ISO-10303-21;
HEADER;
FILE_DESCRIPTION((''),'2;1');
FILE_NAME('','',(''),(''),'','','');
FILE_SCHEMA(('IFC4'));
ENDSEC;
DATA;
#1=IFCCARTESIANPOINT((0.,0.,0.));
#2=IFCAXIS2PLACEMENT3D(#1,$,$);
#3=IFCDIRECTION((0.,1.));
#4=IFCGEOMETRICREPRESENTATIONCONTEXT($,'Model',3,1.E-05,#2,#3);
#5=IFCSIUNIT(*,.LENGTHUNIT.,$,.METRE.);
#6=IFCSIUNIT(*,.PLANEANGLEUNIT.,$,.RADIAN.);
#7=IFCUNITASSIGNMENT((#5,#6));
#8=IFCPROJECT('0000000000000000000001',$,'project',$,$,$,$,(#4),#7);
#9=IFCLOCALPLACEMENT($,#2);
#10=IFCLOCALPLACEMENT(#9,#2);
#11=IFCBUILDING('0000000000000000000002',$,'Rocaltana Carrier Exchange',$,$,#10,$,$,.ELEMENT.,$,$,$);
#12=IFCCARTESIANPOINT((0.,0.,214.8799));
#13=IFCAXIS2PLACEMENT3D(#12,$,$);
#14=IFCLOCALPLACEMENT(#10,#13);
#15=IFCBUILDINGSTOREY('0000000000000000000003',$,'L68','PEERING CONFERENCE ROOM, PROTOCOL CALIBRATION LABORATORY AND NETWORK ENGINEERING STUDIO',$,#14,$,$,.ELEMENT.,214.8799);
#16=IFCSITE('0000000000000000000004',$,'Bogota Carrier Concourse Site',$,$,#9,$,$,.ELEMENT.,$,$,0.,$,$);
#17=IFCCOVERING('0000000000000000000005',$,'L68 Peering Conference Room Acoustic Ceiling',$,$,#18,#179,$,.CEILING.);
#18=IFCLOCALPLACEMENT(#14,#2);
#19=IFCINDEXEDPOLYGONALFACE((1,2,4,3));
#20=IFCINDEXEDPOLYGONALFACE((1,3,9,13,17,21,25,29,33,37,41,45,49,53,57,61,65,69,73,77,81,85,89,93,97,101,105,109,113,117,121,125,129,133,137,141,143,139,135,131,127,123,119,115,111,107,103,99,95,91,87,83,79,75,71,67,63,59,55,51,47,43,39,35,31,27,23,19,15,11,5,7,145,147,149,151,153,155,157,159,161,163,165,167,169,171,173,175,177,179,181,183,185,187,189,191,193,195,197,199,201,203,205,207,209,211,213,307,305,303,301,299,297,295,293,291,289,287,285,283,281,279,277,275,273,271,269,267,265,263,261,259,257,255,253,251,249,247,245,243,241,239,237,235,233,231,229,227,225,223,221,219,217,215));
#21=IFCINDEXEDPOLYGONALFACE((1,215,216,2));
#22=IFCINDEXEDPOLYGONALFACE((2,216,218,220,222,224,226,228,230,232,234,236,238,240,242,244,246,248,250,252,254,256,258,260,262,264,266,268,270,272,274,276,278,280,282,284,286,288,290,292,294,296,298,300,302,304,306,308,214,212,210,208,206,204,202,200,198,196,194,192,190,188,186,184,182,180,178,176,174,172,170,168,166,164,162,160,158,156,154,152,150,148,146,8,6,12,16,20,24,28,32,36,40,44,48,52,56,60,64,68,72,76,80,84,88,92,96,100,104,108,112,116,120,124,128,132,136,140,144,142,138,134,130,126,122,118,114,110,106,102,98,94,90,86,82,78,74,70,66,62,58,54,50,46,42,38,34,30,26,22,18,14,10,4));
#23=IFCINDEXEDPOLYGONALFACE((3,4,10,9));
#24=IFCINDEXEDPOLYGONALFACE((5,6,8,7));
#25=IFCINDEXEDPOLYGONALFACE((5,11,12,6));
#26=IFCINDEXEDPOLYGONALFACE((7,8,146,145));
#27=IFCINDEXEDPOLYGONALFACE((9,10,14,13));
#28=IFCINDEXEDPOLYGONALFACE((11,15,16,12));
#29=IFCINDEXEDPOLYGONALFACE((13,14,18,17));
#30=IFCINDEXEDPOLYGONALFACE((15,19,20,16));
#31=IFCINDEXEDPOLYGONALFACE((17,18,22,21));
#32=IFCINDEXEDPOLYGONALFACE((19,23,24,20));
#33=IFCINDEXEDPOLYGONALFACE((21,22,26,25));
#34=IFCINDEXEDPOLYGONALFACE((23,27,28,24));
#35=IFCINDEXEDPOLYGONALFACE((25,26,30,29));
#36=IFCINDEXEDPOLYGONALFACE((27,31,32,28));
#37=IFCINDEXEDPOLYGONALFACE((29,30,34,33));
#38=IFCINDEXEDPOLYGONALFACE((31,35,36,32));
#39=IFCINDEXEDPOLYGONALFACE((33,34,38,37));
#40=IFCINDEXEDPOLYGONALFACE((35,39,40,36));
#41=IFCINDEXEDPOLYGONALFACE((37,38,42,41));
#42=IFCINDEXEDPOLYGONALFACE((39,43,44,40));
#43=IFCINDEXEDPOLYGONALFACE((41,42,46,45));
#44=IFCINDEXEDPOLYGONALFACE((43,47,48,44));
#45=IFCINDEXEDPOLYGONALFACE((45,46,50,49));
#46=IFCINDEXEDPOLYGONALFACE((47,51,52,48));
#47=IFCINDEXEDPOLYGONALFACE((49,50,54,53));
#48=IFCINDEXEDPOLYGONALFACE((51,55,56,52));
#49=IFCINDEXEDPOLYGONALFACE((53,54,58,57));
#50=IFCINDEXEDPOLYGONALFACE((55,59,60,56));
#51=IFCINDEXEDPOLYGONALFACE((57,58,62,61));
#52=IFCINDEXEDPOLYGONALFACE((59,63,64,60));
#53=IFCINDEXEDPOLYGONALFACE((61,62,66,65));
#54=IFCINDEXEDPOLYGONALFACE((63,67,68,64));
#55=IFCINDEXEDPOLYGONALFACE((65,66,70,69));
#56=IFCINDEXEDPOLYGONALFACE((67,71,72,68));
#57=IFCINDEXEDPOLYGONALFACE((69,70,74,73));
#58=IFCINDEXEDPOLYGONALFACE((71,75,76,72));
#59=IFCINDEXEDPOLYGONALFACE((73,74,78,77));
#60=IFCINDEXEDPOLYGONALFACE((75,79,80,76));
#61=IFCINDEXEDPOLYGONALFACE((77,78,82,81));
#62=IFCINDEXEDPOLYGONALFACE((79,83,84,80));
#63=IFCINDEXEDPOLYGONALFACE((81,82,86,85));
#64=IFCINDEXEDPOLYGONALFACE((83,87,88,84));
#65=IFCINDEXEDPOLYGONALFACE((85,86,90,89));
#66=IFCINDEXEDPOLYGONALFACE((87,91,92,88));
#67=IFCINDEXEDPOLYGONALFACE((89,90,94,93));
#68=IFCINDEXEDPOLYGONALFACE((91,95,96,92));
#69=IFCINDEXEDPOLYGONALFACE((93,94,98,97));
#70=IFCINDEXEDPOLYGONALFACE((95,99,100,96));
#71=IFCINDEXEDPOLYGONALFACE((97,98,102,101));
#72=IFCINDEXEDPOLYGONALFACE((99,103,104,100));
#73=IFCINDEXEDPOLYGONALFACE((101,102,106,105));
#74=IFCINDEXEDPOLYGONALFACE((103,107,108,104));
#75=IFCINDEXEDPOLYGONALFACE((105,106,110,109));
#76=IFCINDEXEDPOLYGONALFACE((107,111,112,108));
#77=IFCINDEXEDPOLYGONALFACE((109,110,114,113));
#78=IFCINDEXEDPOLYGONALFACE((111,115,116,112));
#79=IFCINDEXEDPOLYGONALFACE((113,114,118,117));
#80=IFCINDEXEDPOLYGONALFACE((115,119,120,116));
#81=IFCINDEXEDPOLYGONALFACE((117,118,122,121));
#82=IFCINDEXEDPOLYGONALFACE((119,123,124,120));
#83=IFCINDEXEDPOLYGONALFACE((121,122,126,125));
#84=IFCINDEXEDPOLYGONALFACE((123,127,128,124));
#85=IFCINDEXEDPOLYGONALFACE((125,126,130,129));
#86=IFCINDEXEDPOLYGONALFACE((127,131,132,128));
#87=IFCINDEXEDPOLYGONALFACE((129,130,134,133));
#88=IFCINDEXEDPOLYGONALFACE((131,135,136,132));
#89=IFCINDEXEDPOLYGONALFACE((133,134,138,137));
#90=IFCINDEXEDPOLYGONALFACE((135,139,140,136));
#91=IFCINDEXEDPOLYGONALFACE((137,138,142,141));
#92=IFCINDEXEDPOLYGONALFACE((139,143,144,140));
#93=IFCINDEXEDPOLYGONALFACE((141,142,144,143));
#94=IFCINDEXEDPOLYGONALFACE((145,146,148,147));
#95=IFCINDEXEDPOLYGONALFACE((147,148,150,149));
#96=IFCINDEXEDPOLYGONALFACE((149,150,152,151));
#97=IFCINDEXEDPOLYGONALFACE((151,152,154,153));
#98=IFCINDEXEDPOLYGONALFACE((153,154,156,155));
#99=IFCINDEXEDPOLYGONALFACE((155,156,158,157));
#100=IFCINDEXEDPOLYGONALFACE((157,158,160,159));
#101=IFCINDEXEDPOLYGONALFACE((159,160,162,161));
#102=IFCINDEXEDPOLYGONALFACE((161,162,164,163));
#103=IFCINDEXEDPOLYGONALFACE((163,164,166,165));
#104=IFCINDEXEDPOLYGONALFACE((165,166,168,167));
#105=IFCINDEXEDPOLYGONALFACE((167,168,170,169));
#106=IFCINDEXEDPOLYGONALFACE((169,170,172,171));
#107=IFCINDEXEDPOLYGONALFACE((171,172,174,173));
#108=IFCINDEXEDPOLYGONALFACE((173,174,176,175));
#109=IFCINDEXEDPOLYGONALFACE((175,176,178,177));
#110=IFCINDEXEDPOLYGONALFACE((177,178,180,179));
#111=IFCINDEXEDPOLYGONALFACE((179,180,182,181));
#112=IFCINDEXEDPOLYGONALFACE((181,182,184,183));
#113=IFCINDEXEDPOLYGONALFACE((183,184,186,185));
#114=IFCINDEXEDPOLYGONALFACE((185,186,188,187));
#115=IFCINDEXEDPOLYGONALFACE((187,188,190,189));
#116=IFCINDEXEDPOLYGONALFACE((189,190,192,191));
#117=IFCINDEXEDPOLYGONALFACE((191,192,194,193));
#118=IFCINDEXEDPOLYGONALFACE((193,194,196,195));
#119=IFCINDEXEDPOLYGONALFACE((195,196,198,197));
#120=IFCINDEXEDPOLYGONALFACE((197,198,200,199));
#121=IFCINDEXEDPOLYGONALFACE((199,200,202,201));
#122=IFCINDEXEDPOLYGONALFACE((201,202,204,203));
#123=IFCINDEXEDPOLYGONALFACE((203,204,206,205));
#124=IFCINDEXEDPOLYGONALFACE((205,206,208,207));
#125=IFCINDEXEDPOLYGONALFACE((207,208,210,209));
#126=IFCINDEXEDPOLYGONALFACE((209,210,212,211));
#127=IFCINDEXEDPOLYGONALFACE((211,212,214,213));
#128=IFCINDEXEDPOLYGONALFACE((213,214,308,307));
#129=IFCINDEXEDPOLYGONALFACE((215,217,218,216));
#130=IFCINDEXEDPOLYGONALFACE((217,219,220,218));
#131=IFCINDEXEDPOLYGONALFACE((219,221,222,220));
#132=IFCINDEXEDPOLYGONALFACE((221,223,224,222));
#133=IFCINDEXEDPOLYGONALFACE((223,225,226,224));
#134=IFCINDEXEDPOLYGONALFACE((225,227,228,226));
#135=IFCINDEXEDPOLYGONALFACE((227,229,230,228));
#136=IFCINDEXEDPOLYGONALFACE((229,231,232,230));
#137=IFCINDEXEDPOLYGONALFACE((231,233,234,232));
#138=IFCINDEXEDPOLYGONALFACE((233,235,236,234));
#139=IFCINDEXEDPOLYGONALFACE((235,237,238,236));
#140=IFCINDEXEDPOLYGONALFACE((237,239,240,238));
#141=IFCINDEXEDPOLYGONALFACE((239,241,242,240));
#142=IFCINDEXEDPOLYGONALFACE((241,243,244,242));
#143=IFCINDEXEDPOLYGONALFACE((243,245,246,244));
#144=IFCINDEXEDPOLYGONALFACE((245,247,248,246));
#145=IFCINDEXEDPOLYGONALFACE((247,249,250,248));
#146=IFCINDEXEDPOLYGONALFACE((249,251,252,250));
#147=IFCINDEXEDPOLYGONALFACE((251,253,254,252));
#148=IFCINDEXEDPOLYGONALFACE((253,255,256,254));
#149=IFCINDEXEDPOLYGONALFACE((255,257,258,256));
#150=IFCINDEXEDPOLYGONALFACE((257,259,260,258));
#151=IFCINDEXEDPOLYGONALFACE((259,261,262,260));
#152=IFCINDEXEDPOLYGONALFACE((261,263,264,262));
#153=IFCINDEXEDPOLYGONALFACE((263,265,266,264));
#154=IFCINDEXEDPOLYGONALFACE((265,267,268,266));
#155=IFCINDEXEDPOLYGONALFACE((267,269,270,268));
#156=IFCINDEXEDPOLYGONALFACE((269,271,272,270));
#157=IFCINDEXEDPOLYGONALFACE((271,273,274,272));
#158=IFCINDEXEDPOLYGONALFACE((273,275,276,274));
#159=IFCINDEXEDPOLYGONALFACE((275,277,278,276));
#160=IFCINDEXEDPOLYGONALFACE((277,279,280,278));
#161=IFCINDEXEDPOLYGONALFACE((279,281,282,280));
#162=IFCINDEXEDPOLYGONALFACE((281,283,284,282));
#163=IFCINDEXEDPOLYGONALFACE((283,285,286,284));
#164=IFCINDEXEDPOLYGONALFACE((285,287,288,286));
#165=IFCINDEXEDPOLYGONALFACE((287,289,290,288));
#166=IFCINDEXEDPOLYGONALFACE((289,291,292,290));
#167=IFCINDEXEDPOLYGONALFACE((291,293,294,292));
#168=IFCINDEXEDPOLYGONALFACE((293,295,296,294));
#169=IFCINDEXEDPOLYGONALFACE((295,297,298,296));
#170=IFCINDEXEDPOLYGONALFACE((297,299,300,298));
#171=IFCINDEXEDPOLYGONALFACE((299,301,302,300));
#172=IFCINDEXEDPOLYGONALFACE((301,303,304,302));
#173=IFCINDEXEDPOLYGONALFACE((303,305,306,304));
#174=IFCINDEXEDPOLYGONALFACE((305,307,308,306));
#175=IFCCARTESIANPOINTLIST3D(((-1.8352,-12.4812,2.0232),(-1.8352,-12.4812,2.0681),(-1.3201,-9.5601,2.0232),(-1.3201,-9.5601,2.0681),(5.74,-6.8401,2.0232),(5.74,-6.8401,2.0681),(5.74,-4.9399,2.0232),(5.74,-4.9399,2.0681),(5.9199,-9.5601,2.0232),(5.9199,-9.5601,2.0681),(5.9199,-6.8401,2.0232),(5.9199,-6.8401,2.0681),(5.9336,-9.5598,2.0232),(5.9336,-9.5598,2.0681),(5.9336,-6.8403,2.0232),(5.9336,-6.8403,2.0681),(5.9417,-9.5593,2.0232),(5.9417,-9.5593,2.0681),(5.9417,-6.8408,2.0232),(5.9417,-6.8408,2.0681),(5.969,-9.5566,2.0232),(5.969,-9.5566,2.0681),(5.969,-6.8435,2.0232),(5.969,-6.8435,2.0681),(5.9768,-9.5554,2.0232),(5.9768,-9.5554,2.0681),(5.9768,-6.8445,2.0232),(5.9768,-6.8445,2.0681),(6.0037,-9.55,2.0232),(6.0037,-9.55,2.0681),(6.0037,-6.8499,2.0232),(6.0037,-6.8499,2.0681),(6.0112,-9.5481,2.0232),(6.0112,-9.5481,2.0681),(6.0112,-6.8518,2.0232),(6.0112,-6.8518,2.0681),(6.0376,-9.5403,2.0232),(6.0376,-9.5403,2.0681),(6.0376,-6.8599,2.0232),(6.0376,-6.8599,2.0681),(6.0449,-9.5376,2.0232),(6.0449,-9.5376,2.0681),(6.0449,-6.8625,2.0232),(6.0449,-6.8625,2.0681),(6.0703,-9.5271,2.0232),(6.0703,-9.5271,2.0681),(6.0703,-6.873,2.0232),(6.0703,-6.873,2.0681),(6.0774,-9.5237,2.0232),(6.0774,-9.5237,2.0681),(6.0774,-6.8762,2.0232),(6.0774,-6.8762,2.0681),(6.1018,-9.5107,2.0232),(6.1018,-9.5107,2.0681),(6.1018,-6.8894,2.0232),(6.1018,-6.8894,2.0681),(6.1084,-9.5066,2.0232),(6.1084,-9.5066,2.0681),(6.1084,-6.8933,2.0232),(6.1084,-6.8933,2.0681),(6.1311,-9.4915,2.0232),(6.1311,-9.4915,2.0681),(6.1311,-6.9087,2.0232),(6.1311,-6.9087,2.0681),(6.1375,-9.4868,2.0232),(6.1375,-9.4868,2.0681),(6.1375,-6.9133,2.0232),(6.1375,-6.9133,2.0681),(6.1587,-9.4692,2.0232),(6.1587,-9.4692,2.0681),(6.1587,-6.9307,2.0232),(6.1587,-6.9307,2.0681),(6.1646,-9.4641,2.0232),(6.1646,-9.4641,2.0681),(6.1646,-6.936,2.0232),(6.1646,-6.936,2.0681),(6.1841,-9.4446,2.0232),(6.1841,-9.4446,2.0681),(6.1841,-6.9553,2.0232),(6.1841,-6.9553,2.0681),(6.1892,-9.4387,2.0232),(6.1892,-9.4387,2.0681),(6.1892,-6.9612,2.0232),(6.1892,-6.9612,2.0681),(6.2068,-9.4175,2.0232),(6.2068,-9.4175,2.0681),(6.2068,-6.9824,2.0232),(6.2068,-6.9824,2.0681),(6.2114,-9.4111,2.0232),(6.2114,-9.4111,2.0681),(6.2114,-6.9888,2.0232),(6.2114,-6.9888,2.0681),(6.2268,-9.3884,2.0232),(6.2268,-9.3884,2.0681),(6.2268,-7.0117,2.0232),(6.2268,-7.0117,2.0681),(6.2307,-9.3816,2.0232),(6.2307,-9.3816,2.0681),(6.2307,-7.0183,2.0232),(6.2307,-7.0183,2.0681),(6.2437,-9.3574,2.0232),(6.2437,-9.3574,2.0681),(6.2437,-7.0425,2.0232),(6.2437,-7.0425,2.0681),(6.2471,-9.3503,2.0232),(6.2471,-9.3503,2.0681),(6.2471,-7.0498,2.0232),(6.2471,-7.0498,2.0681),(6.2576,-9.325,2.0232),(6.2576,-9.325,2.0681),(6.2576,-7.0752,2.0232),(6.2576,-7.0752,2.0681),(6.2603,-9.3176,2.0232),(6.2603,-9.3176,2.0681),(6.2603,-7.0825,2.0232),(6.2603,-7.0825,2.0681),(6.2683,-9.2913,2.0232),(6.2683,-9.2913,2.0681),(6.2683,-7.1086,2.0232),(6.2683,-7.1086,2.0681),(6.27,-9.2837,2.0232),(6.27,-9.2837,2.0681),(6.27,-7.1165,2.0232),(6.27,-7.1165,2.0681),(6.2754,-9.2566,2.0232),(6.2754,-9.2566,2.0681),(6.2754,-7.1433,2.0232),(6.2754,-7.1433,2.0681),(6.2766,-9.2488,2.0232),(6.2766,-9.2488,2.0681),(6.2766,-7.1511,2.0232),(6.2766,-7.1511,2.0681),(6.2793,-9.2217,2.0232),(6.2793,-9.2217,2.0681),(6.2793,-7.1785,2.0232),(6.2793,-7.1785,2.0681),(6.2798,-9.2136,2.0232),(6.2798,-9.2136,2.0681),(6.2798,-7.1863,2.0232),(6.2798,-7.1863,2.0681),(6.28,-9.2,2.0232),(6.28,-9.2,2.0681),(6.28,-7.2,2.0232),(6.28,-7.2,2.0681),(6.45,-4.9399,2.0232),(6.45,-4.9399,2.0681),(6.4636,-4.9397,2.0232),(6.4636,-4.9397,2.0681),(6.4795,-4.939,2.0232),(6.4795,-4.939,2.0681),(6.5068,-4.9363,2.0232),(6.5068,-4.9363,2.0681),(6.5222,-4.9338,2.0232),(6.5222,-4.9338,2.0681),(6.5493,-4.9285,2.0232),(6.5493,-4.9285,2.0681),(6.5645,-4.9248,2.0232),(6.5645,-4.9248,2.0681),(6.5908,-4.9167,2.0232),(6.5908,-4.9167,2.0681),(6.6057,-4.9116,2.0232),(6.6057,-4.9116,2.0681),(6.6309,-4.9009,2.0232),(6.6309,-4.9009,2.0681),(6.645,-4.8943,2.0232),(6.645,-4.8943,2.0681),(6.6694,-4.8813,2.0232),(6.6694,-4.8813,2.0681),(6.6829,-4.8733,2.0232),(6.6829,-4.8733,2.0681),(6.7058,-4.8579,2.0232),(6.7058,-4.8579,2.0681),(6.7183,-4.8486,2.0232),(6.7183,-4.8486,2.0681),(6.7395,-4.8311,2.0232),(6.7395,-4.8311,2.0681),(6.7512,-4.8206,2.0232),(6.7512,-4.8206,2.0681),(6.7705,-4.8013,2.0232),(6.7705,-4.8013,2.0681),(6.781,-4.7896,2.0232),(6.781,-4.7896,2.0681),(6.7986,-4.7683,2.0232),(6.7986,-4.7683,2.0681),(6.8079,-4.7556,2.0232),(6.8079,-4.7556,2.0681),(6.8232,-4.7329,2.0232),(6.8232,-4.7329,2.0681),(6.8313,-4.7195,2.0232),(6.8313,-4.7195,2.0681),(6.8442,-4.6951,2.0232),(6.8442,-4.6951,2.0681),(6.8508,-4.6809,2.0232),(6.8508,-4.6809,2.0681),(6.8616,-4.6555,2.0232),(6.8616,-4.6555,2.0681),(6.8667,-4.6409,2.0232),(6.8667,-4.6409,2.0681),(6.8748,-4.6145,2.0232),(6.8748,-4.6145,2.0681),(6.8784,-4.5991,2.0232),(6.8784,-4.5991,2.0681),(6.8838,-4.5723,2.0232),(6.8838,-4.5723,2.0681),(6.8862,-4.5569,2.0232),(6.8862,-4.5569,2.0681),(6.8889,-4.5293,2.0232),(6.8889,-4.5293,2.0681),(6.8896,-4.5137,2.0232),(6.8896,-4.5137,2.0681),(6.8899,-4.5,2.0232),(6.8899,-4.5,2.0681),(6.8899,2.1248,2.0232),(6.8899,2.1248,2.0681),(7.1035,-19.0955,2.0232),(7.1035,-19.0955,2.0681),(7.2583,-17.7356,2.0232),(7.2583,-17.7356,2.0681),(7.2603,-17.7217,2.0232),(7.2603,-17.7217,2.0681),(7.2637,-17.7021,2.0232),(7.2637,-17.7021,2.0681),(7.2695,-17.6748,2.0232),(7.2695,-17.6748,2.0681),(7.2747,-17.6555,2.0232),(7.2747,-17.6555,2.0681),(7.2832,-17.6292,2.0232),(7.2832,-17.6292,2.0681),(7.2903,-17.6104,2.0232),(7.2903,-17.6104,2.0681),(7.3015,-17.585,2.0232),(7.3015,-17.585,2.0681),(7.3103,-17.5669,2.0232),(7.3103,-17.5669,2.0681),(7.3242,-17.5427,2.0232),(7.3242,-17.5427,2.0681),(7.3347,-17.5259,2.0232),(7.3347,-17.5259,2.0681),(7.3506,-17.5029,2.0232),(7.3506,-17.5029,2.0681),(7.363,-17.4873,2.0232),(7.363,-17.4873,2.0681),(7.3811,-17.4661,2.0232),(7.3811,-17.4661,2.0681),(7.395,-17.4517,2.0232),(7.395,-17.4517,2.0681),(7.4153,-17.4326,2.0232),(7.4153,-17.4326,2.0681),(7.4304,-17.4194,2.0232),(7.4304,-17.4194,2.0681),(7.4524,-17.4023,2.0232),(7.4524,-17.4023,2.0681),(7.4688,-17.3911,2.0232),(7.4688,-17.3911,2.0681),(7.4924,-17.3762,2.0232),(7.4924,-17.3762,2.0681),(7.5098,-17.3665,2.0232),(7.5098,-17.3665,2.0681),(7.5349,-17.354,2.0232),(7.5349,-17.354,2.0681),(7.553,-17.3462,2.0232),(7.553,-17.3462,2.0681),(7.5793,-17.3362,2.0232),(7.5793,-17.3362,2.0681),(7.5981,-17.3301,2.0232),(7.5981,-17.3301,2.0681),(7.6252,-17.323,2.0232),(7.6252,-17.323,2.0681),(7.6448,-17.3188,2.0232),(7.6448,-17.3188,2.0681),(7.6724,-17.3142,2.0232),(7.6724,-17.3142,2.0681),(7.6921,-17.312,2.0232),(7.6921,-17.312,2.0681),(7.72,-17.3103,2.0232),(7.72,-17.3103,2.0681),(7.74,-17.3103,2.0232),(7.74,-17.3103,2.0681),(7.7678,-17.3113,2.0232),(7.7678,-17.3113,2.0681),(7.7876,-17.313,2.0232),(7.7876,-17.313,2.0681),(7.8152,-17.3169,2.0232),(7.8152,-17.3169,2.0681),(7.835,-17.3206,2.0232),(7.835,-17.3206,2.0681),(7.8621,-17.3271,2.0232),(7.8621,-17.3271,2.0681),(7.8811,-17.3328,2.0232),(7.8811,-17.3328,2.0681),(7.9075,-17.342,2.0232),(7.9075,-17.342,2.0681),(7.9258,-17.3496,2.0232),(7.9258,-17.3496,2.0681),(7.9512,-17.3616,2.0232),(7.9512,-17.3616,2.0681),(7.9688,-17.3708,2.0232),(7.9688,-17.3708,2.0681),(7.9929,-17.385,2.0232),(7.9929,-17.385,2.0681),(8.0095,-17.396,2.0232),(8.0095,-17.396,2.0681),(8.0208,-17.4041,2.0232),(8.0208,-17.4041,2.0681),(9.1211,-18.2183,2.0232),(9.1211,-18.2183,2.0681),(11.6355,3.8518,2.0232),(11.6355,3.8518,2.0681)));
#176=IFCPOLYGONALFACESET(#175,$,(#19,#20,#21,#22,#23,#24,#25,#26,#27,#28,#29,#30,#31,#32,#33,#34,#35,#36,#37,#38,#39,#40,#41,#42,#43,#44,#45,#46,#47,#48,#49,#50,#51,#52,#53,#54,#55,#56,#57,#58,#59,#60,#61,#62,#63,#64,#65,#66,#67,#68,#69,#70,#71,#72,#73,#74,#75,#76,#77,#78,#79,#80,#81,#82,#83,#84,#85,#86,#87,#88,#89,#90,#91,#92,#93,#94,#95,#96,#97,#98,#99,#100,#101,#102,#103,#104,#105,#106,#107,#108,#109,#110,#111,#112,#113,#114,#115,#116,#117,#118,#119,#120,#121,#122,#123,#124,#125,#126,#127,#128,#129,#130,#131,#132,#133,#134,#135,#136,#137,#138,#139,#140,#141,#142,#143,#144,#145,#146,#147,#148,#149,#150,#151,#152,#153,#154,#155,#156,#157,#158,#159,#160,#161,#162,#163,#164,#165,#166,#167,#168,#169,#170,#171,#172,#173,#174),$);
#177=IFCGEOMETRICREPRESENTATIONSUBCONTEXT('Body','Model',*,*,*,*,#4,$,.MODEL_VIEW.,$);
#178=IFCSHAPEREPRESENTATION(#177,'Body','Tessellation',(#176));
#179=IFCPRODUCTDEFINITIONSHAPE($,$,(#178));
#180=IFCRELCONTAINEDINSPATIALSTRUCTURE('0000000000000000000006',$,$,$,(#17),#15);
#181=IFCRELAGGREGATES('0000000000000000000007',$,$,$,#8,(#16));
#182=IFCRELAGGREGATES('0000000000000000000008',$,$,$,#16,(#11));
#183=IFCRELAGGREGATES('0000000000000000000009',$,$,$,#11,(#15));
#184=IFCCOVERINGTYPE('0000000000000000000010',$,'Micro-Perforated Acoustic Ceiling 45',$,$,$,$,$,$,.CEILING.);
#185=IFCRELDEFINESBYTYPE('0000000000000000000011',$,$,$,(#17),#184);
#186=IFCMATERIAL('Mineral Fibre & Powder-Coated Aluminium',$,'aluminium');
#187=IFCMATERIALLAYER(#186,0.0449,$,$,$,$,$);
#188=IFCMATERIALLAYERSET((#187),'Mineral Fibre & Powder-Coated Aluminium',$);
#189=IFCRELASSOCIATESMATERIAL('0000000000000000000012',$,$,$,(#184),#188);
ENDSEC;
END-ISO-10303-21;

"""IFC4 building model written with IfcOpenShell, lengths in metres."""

from ifc_helpers import new_model, si_unit, direction, frame, origin, place, context, subcontext, project, spatial, polyline, outline, extrude, material, layer, layer_set, type_object, element, save


model = new_model("IFC4")

# Units and contexts
model_context = context("Model", 3, precision=1e-05, world=origin(), true_north=direction((0.0, 1.0)))
body_context = subcontext(model_context, "Body", "Model", "MODEL_VIEW")
ifc_project = project(units=[si_unit("LENGTHUNIT", "METRE"), si_unit("PLANEANGLEUNIT", "RADIAN")], contexts=[model_context])

# Site, building, storey
site_placement = place(None, origin())
site = spatial("IfcSite", under=ifc_project, at=site_placement, Name="Bogota Carrier Concourse Site", CompositionType="ELEMENT", RefElevation=0.0)
building_placement = place(site_placement, origin())
building = spatial("IfcBuilding", under=site, at=building_placement, Name="Rocaltana Carrier Exchange", CompositionType="ELEMENT")
storey_placement = place(building_placement, frame((0.0, 0.0, 214.8799)))
storey = spatial("IfcBuildingStorey", under=building, at=storey_placement, Name="L68", Description="PEERING CONFERENCE ROOM, PROTOCOL CALIBRATION LABORATORY AND NETWORK ENGINEERING STUDIO", CompositionType="ELEMENT", Elevation=214.8799)

# Covering
ifc_material_1 = material(Name="Mineral Fibre & Powder-Coated Aluminium", Category="aluminium")
ifc_layer_1 = layer(ifc_material_1, 0.0449)
ifc_layer_set_1 = layer_set([ifc_layer_1], Name="Mineral Fibre & Powder-Coated Aluminium")
covering_type_1 = type_object("IfcCoveringType", Name="Micro-Perforated Acoustic Ceiling 45", PredefinedType="CEILING", material=ifc_layer_set_1)
covering_1_placement = place(storey_placement, frame((0.0, 0.0, 2.0232)))
element("IfcCovering", 1, at=covering_1_placement, inside=storey, type_object=covering_type_1, Name="L68 Peering Conference Room Acoustic Ceiling", PredefinedType="CEILING", context=body_context, shape_type="SweptSolid", body=[
    extrude(outline(polyline([(5.74, -6.8401), (5.74, -4.9399), (6.45, -4.9399), (6.4636, -4.9397), (6.4795, -4.939), (6.5068, -4.9363), (6.5222, -4.9338), (6.5493, -4.9285), (6.5645, -4.9248), (6.5908, -4.9167), (6.6057, -4.9116), (6.6309, -4.9009), (6.645, -4.8943), (6.6694, -4.8813), (6.6829, -4.8733), (6.7058, -4.8579), (6.7183, -4.8486), (6.7395, -4.8311), (6.7512, -4.8206), (6.7705, -4.8013), (6.781, -4.7896), (6.7986, -4.7683), (6.8079, -4.7556), (6.8232, -4.7329), (6.8313, -4.7195), (6.8442, -4.6951), (6.8508, -4.6809), (6.8616, -4.6555), (6.8667, -4.6409), (6.8748, -4.6145), (6.8784, -4.5991), (6.8838, -4.5723), (6.8862, -4.5569), (6.8889, -4.5293), (6.8896, -4.5137), (6.8899, -4.5), (6.8899, 2.1248), (11.6355, 3.8518), (9.1211, -18.2183), (8.0208, -17.4041), (8.0095, -17.396), (7.9929, -17.385), (7.9688, -17.3708), (7.9512, -17.3616), (7.9258, -17.3496), (7.9075, -17.342), (7.8811, -17.3328), (7.8621, -17.3271), (7.835, -17.3206), (7.8152, -17.3169), (7.7876, -17.313), (7.7678, -17.3113), (7.74, -17.3103), (7.72, -17.3103), (7.6921, -17.312), (7.6724, -17.3142), (7.6448, -17.3188), (7.6252, -17.323), (7.5981, -17.3301), (7.5793, -17.3362), (7.553, -17.3462), (7.5349, -17.354), (7.5098, -17.3665), (7.4924, -17.3762), (7.4688, -17.3911), (7.4524, -17.4023), (7.4304, -17.4194), (7.4153, -17.4326), (7.395, -17.4517), (7.3811, -17.4661), (7.363, -17.4873), (7.3506, -17.5029), (7.3347, -17.5259), (7.3242, -17.5427), (7.3103, -17.5669), (7.3015, -17.585), (7.2903, -17.6104), (7.2832, -17.6292), (7.2747, -17.6555), (7.2695, -17.6748), (7.2637, -17.7021), (7.2603, -17.7217), (7.2583, -17.7356), (7.1035, -19.0955), (-1.8352, -12.4812), (-1.3201, -9.5601), (5.9199, -9.5601), (5.9336, -9.5598), (5.9417, -9.5593), (5.969, -9.5566), (5.9768, -9.5554), (6.0037, -9.55), (6.0112, -9.5481), (6.0376, -9.5403), (6.0449, -9.5376), (6.0703, -9.5271), (6.0774, -9.5237), (6.1018, -9.5107), (6.1084, -9.5066), (6.1311, -9.4915), (6.1375, -9.4868), (6.1587, -9.4692), (6.1646, -9.4641), (6.1841, -9.4446), (6.1892, -9.4387), (6.2068, -9.4175), (6.2114, -9.4111), (6.2268, -9.3884), (6.2307, -9.3816), (6.2437, -9.3574), (6.2471, -9.3503), (6.2576, -9.325), (6.2603, -9.3176), (6.2683, -9.2913), (6.27, -9.2837), (6.2754, -9.2566), (6.2766, -9.2488), (6.2793, -9.2217), (6.2798, -9.2136), (6.28, -9.2), (6.28, -7.2), (6.2798, -7.1863), (6.2793, -7.1785), (6.2766, -7.1511), (6.2754, -7.1433), (6.27, -7.1165), (6.2683, -7.1086), (6.2603, -7.0825), (6.2576, -7.0752), (6.2471, -7.0498), (6.2437, -7.0425), (6.2307, -7.0183), (6.2268, -7.0117), (6.2114, -6.9888), (6.2068, -6.9824), (6.1892, -6.9612), (6.1841, -6.9553), (6.1646, -6.936), (6.1587, -6.9307), (6.1375, -6.9133), (6.1311, -6.9087), (6.1084, -6.8933), (6.1018, -6.8894), (6.0774, -6.8762), (6.0703, -6.873), (6.0449, -6.8625), (6.0376, -6.8599), (6.0112, -6.8518), (6.0037, -6.8499), (5.9768, -6.8445), (5.969, -6.8435), (5.9417, -6.8408), (5.9336, -6.8403), (5.9199, -6.8401), (5.74, -6.8401)])), origin(), (0.0, 0.0, 1.0), 0.0449),
])

save(model, "model.ifc")
